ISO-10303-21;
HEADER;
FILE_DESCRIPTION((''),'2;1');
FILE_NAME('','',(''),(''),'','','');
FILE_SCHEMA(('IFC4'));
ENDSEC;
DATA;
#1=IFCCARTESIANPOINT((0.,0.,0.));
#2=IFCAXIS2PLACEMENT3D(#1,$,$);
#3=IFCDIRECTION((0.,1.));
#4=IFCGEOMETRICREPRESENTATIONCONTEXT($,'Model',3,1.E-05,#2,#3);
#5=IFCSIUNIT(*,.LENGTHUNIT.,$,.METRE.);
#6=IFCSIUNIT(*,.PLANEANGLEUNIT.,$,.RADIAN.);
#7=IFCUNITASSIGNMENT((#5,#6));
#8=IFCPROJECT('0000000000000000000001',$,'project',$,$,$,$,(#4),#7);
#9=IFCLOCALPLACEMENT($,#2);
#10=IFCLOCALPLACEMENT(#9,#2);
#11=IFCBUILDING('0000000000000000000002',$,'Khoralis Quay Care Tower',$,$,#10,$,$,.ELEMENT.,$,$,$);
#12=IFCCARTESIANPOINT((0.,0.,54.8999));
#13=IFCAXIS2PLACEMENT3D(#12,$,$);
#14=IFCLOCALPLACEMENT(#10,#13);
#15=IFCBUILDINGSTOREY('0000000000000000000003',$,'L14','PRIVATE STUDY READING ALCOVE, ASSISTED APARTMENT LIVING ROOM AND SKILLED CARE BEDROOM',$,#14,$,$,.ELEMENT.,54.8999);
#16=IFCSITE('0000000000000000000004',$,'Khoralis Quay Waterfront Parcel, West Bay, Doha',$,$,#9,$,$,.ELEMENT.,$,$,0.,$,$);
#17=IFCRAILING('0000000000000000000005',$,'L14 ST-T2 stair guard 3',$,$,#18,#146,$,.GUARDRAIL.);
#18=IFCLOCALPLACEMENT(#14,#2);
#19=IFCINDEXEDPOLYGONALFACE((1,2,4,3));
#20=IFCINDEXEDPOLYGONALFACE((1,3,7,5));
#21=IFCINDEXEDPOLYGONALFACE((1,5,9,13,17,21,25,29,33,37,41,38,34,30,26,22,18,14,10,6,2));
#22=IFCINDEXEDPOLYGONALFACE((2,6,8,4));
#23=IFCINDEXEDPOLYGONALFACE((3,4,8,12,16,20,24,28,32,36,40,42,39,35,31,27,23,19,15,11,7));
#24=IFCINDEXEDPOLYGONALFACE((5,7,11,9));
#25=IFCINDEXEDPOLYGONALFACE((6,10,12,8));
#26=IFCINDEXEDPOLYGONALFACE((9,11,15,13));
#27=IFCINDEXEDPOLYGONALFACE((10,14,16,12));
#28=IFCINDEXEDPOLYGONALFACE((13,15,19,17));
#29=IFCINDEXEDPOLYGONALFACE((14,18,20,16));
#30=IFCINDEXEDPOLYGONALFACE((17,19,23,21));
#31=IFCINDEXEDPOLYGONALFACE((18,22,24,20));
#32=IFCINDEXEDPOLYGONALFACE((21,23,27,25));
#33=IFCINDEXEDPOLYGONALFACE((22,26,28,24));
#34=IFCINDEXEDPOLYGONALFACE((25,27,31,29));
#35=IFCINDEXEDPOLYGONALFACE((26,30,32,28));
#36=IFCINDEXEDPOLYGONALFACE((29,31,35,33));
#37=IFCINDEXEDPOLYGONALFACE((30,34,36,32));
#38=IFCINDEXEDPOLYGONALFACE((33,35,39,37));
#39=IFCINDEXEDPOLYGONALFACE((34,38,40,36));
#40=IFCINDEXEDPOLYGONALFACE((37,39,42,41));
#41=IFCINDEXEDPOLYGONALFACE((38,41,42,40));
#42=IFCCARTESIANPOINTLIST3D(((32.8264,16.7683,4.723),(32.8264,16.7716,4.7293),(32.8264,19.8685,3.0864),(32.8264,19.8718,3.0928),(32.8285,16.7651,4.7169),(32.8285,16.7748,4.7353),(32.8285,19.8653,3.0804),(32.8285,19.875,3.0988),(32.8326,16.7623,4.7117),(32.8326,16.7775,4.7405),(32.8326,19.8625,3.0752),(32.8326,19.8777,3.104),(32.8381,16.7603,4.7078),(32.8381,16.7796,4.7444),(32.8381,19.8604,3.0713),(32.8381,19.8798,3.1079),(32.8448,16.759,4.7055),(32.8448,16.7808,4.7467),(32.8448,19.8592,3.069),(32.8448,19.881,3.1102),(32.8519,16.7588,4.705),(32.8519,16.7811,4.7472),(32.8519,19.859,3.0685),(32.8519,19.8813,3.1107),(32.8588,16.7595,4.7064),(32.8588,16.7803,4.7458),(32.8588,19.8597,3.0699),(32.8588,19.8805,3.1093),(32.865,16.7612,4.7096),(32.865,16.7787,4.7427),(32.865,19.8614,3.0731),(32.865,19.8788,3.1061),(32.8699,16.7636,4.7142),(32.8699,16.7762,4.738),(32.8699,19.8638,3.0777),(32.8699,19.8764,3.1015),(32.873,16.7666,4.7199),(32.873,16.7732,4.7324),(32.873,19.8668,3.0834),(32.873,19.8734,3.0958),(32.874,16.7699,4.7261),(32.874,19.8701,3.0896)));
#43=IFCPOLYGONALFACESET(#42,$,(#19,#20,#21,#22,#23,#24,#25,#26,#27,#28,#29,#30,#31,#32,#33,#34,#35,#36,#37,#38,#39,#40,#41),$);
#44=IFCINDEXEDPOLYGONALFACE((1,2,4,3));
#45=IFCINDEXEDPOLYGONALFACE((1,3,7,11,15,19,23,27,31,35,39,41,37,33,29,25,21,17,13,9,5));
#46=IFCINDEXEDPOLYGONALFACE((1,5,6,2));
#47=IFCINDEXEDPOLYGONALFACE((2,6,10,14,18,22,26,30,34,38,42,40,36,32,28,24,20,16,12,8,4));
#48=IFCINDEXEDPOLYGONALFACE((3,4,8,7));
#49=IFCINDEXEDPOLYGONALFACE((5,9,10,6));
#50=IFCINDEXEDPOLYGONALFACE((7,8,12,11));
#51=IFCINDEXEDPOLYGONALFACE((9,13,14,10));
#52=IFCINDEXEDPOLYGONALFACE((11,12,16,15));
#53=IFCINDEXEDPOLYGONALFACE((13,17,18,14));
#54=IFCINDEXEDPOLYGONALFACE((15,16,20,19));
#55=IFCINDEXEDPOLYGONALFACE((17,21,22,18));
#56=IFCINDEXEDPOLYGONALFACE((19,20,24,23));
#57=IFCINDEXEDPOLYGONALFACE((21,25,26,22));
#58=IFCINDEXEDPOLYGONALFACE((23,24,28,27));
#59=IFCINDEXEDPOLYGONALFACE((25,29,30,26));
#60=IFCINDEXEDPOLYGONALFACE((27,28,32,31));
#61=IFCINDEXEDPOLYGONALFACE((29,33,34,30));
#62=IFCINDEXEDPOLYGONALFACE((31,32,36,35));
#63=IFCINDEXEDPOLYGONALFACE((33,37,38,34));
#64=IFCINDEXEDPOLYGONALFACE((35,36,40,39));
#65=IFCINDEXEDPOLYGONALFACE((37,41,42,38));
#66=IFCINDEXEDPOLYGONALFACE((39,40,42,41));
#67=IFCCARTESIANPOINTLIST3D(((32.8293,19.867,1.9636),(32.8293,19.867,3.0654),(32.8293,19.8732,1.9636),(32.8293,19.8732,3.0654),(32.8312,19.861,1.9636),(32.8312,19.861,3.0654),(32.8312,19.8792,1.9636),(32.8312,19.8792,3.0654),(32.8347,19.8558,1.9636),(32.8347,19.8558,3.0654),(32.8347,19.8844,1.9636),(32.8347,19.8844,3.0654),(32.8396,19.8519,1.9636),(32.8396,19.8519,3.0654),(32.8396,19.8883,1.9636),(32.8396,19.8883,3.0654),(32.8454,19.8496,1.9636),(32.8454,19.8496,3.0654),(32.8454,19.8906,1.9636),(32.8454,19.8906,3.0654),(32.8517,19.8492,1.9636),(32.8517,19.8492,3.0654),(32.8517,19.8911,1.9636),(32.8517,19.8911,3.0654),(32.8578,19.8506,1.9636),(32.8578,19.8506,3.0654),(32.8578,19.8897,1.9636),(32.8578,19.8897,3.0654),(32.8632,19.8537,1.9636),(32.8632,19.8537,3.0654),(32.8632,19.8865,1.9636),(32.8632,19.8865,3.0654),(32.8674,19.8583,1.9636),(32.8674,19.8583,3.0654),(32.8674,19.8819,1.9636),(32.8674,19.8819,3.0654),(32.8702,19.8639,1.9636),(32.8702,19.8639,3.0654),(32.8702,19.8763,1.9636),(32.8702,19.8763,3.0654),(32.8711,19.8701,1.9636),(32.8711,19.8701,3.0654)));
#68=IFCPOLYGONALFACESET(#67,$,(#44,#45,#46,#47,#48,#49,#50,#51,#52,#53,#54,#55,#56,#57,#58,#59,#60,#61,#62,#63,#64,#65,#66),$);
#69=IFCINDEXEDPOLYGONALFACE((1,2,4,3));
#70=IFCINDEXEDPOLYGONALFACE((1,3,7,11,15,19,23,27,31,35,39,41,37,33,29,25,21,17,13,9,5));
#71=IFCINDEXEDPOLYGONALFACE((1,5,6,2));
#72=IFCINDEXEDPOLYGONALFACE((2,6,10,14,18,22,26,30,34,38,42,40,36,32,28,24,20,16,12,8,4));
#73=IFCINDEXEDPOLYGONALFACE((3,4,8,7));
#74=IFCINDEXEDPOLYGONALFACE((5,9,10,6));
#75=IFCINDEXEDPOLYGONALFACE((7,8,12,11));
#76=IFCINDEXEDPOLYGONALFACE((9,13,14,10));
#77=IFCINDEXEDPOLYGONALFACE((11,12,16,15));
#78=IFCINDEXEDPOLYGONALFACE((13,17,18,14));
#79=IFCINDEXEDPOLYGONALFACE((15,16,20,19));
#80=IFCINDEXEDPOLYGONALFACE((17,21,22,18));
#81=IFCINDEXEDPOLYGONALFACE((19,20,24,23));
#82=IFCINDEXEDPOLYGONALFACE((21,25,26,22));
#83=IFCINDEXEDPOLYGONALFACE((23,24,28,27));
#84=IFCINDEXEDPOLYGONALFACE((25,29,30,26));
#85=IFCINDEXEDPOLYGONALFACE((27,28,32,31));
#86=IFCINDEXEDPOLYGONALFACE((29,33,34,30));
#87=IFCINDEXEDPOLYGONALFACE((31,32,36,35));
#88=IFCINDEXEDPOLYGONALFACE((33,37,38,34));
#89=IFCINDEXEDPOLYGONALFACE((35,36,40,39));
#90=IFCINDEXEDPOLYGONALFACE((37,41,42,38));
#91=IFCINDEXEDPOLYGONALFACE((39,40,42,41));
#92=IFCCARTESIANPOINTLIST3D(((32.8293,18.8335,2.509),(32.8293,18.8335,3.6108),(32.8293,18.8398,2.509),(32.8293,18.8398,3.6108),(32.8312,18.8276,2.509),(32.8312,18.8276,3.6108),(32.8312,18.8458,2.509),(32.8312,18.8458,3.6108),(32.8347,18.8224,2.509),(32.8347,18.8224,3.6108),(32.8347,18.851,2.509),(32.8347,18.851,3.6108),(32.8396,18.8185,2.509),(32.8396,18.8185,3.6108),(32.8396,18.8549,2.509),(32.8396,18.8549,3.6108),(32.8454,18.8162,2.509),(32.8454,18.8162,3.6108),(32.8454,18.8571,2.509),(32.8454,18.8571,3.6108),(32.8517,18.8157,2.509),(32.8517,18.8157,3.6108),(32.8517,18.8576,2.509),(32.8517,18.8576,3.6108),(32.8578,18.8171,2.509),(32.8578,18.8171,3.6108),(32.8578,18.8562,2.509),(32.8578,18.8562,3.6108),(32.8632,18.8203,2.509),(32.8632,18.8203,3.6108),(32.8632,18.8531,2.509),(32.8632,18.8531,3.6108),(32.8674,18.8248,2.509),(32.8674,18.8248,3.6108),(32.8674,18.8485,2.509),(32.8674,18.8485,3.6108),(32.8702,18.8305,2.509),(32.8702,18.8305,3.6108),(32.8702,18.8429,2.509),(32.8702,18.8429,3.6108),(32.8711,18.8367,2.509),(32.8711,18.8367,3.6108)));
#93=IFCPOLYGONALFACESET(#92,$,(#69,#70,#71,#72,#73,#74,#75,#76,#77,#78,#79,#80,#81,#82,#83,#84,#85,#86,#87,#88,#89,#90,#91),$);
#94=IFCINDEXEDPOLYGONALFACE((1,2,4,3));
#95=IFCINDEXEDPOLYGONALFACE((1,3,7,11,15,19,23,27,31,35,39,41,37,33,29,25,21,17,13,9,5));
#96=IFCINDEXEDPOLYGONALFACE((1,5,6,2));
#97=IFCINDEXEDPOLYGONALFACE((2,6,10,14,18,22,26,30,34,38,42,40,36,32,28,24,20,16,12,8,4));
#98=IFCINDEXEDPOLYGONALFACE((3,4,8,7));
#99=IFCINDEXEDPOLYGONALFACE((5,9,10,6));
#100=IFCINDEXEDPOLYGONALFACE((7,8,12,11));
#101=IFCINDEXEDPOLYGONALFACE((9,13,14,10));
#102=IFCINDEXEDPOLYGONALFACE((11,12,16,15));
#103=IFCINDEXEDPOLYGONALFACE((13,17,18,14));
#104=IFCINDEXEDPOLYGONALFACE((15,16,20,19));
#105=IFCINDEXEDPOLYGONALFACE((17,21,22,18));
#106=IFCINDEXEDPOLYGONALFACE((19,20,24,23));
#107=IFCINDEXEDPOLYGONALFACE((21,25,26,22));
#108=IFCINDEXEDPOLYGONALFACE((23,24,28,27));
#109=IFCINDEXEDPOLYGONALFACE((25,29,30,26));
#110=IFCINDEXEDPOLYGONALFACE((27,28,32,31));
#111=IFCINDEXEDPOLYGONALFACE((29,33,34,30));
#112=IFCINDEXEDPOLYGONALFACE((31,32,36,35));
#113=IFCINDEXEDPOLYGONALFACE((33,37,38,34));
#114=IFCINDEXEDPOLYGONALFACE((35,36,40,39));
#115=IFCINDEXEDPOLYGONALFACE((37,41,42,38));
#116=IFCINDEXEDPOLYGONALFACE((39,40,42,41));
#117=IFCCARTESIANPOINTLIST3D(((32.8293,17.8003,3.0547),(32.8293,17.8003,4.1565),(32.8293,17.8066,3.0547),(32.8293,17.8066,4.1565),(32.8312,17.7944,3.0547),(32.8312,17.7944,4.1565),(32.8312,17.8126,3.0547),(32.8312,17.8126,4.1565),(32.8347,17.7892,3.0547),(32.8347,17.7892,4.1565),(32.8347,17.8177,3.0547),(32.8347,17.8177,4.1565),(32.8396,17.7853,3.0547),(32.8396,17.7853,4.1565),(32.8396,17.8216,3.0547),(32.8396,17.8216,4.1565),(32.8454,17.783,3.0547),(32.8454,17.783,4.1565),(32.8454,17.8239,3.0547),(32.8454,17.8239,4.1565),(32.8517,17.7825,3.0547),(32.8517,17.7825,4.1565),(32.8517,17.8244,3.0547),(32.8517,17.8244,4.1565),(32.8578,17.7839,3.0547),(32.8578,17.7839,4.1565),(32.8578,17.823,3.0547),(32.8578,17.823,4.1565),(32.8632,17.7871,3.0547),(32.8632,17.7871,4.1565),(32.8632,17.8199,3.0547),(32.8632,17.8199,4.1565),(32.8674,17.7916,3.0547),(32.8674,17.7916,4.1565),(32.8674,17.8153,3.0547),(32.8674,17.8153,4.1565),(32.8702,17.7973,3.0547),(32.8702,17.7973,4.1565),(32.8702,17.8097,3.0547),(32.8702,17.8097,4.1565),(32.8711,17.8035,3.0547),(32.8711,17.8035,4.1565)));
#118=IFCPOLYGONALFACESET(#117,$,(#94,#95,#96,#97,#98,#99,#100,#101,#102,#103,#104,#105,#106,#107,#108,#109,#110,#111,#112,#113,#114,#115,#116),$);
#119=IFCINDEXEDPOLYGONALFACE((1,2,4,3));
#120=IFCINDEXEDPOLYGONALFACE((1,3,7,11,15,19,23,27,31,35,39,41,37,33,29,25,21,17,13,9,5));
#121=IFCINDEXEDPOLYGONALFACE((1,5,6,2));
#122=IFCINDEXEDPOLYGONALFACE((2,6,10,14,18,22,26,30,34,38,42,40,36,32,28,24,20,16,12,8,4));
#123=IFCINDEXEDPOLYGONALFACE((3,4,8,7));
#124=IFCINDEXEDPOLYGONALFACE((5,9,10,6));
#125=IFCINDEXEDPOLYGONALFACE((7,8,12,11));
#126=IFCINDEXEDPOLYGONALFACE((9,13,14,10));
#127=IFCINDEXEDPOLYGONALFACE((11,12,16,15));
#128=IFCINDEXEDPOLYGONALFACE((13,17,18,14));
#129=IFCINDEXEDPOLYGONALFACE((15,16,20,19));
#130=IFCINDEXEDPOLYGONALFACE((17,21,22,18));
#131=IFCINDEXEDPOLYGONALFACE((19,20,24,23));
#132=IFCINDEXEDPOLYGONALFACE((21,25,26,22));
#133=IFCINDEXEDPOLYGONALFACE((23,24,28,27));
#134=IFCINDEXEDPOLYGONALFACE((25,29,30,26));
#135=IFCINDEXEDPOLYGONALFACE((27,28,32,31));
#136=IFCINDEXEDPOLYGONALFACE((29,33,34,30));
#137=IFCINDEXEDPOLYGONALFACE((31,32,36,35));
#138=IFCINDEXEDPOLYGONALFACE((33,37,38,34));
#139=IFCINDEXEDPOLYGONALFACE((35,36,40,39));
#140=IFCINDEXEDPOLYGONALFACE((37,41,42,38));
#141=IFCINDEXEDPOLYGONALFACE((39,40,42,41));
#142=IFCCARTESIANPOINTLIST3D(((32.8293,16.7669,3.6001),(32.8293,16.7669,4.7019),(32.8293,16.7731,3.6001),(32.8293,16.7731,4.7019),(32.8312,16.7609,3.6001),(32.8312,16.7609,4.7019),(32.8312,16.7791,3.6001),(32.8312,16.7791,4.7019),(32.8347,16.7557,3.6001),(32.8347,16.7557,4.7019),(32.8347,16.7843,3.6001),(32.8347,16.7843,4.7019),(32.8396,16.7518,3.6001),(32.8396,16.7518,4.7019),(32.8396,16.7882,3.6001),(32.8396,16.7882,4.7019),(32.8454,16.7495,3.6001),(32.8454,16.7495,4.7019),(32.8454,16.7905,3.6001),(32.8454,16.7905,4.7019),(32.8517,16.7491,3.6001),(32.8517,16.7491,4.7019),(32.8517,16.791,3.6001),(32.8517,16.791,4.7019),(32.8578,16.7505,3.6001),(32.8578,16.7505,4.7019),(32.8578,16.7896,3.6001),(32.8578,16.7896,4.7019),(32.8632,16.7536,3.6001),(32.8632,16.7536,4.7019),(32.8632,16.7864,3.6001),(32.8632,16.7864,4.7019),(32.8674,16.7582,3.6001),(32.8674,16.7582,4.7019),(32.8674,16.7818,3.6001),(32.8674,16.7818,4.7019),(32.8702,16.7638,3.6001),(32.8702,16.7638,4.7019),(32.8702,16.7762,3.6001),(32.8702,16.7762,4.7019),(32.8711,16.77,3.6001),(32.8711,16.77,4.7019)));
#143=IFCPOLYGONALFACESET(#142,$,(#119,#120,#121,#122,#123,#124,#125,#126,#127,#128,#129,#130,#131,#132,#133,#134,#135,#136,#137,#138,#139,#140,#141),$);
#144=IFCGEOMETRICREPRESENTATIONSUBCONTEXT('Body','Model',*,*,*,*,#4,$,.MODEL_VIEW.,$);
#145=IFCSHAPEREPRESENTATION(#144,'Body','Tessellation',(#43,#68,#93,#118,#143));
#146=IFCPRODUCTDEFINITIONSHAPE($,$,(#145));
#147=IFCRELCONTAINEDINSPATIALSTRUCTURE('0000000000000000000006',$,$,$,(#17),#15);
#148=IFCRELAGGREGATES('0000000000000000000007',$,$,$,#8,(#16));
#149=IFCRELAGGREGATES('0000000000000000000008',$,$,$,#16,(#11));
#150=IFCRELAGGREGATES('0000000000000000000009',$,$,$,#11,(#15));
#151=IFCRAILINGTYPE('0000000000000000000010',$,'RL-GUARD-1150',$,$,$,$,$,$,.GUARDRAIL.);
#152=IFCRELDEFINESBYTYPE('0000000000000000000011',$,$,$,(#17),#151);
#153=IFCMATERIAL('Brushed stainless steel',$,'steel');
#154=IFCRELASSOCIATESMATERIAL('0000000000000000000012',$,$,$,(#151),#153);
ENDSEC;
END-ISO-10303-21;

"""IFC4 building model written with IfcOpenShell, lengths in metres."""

from ifc_helpers import new_model, si_unit, direction, frame, origin, origin_2d, place, context, subcontext, project, spatial, circle, extrude, material, type_object, element, save


model = new_model("IFC4")

# Units and contexts
model_context = context("Model", 3, precision=1e-05, world=origin(), true_north=direction((0.0, 1.0)))
body_context = subcontext(model_context, "Body", "Model", "MODEL_VIEW")
ifc_project = project(units=[si_unit("LENGTHUNIT", "METRE"), si_unit("PLANEANGLEUNIT", "RADIAN")], contexts=[model_context])

# Site, building, storey
site_placement = place(None, origin())
site = spatial("IfcSite", under=ifc_project, at=site_placement, Name="Khoralis Quay Waterfront Parcel, West Bay, Doha", CompositionType="ELEMENT", RefElevation=0.0)
building_placement = place(site_placement, origin())
building = spatial("IfcBuilding", under=site, at=building_placement, Name="Khoralis Quay Care Tower", CompositionType="ELEMENT")
storey_placement = place(building_placement, frame((0.0, 0.0, 54.8999)))
storey = spatial("IfcBuildingStorey", under=building, at=storey_placement, Name="L14", Description="PRIVATE STUDY READING ALCOVE, ASSISTED APARTMENT LIVING ROOM AND SKILLED CARE BEDROOM", CompositionType="ELEMENT", Elevation=54.8999)

# Shared definitions
ifc_material_1 = material(Name="Brushed stainless steel", Category="steel")

# Railing
railing_type_1 = type_object("IfcRailingType", Name="RL-GUARD-1150", PredefinedType="GUARDRAIL", material=ifc_material_1)
railing_1_placement = place(storey_placement, frame((32.8501, 19.8701, 1.9636)))
element("IfcRailing", 1, at=railing_1_placement, inside=storey, type_object=railing_type_1, Name="L14 ST-T2 stair guard 3", PredefinedType="GUARDRAIL", context=body_context, shape_type="SweptSolid", body=[
    extrude(circle(Radius=0.0239, at=origin_2d()), frame((0.0, 0.0, 1.126), z_axis=(0.0, -0.884348, 0.466828), x_axis=(1.0, 0.0, 0.0)), (0.0, 0.0, 1.0), 3.5056),
    extrude(circle(Radius=0.021, at=origin_2d()), origin(), (0.0, 0.0, 1.0), 1.1018),
    extrude(circle(Radius=0.021, at=origin_2d()), frame((0.0, -1.0334, 0.5454)), (0.0, 0.0, 1.0), 1.1018),
    extrude(circle(Radius=0.021, at=origin_2d()), frame((0.0, -2.0667, 1.0911)), (0.0, 0.0, 1.0), 1.1018),
    extrude(circle(Radius=0.021, at=origin_2d()), frame((0.0, -3.1001, 1.6365)), (0.0, 0.0, 1.0), 1.1018),
])

save(model, "model.ifc")
